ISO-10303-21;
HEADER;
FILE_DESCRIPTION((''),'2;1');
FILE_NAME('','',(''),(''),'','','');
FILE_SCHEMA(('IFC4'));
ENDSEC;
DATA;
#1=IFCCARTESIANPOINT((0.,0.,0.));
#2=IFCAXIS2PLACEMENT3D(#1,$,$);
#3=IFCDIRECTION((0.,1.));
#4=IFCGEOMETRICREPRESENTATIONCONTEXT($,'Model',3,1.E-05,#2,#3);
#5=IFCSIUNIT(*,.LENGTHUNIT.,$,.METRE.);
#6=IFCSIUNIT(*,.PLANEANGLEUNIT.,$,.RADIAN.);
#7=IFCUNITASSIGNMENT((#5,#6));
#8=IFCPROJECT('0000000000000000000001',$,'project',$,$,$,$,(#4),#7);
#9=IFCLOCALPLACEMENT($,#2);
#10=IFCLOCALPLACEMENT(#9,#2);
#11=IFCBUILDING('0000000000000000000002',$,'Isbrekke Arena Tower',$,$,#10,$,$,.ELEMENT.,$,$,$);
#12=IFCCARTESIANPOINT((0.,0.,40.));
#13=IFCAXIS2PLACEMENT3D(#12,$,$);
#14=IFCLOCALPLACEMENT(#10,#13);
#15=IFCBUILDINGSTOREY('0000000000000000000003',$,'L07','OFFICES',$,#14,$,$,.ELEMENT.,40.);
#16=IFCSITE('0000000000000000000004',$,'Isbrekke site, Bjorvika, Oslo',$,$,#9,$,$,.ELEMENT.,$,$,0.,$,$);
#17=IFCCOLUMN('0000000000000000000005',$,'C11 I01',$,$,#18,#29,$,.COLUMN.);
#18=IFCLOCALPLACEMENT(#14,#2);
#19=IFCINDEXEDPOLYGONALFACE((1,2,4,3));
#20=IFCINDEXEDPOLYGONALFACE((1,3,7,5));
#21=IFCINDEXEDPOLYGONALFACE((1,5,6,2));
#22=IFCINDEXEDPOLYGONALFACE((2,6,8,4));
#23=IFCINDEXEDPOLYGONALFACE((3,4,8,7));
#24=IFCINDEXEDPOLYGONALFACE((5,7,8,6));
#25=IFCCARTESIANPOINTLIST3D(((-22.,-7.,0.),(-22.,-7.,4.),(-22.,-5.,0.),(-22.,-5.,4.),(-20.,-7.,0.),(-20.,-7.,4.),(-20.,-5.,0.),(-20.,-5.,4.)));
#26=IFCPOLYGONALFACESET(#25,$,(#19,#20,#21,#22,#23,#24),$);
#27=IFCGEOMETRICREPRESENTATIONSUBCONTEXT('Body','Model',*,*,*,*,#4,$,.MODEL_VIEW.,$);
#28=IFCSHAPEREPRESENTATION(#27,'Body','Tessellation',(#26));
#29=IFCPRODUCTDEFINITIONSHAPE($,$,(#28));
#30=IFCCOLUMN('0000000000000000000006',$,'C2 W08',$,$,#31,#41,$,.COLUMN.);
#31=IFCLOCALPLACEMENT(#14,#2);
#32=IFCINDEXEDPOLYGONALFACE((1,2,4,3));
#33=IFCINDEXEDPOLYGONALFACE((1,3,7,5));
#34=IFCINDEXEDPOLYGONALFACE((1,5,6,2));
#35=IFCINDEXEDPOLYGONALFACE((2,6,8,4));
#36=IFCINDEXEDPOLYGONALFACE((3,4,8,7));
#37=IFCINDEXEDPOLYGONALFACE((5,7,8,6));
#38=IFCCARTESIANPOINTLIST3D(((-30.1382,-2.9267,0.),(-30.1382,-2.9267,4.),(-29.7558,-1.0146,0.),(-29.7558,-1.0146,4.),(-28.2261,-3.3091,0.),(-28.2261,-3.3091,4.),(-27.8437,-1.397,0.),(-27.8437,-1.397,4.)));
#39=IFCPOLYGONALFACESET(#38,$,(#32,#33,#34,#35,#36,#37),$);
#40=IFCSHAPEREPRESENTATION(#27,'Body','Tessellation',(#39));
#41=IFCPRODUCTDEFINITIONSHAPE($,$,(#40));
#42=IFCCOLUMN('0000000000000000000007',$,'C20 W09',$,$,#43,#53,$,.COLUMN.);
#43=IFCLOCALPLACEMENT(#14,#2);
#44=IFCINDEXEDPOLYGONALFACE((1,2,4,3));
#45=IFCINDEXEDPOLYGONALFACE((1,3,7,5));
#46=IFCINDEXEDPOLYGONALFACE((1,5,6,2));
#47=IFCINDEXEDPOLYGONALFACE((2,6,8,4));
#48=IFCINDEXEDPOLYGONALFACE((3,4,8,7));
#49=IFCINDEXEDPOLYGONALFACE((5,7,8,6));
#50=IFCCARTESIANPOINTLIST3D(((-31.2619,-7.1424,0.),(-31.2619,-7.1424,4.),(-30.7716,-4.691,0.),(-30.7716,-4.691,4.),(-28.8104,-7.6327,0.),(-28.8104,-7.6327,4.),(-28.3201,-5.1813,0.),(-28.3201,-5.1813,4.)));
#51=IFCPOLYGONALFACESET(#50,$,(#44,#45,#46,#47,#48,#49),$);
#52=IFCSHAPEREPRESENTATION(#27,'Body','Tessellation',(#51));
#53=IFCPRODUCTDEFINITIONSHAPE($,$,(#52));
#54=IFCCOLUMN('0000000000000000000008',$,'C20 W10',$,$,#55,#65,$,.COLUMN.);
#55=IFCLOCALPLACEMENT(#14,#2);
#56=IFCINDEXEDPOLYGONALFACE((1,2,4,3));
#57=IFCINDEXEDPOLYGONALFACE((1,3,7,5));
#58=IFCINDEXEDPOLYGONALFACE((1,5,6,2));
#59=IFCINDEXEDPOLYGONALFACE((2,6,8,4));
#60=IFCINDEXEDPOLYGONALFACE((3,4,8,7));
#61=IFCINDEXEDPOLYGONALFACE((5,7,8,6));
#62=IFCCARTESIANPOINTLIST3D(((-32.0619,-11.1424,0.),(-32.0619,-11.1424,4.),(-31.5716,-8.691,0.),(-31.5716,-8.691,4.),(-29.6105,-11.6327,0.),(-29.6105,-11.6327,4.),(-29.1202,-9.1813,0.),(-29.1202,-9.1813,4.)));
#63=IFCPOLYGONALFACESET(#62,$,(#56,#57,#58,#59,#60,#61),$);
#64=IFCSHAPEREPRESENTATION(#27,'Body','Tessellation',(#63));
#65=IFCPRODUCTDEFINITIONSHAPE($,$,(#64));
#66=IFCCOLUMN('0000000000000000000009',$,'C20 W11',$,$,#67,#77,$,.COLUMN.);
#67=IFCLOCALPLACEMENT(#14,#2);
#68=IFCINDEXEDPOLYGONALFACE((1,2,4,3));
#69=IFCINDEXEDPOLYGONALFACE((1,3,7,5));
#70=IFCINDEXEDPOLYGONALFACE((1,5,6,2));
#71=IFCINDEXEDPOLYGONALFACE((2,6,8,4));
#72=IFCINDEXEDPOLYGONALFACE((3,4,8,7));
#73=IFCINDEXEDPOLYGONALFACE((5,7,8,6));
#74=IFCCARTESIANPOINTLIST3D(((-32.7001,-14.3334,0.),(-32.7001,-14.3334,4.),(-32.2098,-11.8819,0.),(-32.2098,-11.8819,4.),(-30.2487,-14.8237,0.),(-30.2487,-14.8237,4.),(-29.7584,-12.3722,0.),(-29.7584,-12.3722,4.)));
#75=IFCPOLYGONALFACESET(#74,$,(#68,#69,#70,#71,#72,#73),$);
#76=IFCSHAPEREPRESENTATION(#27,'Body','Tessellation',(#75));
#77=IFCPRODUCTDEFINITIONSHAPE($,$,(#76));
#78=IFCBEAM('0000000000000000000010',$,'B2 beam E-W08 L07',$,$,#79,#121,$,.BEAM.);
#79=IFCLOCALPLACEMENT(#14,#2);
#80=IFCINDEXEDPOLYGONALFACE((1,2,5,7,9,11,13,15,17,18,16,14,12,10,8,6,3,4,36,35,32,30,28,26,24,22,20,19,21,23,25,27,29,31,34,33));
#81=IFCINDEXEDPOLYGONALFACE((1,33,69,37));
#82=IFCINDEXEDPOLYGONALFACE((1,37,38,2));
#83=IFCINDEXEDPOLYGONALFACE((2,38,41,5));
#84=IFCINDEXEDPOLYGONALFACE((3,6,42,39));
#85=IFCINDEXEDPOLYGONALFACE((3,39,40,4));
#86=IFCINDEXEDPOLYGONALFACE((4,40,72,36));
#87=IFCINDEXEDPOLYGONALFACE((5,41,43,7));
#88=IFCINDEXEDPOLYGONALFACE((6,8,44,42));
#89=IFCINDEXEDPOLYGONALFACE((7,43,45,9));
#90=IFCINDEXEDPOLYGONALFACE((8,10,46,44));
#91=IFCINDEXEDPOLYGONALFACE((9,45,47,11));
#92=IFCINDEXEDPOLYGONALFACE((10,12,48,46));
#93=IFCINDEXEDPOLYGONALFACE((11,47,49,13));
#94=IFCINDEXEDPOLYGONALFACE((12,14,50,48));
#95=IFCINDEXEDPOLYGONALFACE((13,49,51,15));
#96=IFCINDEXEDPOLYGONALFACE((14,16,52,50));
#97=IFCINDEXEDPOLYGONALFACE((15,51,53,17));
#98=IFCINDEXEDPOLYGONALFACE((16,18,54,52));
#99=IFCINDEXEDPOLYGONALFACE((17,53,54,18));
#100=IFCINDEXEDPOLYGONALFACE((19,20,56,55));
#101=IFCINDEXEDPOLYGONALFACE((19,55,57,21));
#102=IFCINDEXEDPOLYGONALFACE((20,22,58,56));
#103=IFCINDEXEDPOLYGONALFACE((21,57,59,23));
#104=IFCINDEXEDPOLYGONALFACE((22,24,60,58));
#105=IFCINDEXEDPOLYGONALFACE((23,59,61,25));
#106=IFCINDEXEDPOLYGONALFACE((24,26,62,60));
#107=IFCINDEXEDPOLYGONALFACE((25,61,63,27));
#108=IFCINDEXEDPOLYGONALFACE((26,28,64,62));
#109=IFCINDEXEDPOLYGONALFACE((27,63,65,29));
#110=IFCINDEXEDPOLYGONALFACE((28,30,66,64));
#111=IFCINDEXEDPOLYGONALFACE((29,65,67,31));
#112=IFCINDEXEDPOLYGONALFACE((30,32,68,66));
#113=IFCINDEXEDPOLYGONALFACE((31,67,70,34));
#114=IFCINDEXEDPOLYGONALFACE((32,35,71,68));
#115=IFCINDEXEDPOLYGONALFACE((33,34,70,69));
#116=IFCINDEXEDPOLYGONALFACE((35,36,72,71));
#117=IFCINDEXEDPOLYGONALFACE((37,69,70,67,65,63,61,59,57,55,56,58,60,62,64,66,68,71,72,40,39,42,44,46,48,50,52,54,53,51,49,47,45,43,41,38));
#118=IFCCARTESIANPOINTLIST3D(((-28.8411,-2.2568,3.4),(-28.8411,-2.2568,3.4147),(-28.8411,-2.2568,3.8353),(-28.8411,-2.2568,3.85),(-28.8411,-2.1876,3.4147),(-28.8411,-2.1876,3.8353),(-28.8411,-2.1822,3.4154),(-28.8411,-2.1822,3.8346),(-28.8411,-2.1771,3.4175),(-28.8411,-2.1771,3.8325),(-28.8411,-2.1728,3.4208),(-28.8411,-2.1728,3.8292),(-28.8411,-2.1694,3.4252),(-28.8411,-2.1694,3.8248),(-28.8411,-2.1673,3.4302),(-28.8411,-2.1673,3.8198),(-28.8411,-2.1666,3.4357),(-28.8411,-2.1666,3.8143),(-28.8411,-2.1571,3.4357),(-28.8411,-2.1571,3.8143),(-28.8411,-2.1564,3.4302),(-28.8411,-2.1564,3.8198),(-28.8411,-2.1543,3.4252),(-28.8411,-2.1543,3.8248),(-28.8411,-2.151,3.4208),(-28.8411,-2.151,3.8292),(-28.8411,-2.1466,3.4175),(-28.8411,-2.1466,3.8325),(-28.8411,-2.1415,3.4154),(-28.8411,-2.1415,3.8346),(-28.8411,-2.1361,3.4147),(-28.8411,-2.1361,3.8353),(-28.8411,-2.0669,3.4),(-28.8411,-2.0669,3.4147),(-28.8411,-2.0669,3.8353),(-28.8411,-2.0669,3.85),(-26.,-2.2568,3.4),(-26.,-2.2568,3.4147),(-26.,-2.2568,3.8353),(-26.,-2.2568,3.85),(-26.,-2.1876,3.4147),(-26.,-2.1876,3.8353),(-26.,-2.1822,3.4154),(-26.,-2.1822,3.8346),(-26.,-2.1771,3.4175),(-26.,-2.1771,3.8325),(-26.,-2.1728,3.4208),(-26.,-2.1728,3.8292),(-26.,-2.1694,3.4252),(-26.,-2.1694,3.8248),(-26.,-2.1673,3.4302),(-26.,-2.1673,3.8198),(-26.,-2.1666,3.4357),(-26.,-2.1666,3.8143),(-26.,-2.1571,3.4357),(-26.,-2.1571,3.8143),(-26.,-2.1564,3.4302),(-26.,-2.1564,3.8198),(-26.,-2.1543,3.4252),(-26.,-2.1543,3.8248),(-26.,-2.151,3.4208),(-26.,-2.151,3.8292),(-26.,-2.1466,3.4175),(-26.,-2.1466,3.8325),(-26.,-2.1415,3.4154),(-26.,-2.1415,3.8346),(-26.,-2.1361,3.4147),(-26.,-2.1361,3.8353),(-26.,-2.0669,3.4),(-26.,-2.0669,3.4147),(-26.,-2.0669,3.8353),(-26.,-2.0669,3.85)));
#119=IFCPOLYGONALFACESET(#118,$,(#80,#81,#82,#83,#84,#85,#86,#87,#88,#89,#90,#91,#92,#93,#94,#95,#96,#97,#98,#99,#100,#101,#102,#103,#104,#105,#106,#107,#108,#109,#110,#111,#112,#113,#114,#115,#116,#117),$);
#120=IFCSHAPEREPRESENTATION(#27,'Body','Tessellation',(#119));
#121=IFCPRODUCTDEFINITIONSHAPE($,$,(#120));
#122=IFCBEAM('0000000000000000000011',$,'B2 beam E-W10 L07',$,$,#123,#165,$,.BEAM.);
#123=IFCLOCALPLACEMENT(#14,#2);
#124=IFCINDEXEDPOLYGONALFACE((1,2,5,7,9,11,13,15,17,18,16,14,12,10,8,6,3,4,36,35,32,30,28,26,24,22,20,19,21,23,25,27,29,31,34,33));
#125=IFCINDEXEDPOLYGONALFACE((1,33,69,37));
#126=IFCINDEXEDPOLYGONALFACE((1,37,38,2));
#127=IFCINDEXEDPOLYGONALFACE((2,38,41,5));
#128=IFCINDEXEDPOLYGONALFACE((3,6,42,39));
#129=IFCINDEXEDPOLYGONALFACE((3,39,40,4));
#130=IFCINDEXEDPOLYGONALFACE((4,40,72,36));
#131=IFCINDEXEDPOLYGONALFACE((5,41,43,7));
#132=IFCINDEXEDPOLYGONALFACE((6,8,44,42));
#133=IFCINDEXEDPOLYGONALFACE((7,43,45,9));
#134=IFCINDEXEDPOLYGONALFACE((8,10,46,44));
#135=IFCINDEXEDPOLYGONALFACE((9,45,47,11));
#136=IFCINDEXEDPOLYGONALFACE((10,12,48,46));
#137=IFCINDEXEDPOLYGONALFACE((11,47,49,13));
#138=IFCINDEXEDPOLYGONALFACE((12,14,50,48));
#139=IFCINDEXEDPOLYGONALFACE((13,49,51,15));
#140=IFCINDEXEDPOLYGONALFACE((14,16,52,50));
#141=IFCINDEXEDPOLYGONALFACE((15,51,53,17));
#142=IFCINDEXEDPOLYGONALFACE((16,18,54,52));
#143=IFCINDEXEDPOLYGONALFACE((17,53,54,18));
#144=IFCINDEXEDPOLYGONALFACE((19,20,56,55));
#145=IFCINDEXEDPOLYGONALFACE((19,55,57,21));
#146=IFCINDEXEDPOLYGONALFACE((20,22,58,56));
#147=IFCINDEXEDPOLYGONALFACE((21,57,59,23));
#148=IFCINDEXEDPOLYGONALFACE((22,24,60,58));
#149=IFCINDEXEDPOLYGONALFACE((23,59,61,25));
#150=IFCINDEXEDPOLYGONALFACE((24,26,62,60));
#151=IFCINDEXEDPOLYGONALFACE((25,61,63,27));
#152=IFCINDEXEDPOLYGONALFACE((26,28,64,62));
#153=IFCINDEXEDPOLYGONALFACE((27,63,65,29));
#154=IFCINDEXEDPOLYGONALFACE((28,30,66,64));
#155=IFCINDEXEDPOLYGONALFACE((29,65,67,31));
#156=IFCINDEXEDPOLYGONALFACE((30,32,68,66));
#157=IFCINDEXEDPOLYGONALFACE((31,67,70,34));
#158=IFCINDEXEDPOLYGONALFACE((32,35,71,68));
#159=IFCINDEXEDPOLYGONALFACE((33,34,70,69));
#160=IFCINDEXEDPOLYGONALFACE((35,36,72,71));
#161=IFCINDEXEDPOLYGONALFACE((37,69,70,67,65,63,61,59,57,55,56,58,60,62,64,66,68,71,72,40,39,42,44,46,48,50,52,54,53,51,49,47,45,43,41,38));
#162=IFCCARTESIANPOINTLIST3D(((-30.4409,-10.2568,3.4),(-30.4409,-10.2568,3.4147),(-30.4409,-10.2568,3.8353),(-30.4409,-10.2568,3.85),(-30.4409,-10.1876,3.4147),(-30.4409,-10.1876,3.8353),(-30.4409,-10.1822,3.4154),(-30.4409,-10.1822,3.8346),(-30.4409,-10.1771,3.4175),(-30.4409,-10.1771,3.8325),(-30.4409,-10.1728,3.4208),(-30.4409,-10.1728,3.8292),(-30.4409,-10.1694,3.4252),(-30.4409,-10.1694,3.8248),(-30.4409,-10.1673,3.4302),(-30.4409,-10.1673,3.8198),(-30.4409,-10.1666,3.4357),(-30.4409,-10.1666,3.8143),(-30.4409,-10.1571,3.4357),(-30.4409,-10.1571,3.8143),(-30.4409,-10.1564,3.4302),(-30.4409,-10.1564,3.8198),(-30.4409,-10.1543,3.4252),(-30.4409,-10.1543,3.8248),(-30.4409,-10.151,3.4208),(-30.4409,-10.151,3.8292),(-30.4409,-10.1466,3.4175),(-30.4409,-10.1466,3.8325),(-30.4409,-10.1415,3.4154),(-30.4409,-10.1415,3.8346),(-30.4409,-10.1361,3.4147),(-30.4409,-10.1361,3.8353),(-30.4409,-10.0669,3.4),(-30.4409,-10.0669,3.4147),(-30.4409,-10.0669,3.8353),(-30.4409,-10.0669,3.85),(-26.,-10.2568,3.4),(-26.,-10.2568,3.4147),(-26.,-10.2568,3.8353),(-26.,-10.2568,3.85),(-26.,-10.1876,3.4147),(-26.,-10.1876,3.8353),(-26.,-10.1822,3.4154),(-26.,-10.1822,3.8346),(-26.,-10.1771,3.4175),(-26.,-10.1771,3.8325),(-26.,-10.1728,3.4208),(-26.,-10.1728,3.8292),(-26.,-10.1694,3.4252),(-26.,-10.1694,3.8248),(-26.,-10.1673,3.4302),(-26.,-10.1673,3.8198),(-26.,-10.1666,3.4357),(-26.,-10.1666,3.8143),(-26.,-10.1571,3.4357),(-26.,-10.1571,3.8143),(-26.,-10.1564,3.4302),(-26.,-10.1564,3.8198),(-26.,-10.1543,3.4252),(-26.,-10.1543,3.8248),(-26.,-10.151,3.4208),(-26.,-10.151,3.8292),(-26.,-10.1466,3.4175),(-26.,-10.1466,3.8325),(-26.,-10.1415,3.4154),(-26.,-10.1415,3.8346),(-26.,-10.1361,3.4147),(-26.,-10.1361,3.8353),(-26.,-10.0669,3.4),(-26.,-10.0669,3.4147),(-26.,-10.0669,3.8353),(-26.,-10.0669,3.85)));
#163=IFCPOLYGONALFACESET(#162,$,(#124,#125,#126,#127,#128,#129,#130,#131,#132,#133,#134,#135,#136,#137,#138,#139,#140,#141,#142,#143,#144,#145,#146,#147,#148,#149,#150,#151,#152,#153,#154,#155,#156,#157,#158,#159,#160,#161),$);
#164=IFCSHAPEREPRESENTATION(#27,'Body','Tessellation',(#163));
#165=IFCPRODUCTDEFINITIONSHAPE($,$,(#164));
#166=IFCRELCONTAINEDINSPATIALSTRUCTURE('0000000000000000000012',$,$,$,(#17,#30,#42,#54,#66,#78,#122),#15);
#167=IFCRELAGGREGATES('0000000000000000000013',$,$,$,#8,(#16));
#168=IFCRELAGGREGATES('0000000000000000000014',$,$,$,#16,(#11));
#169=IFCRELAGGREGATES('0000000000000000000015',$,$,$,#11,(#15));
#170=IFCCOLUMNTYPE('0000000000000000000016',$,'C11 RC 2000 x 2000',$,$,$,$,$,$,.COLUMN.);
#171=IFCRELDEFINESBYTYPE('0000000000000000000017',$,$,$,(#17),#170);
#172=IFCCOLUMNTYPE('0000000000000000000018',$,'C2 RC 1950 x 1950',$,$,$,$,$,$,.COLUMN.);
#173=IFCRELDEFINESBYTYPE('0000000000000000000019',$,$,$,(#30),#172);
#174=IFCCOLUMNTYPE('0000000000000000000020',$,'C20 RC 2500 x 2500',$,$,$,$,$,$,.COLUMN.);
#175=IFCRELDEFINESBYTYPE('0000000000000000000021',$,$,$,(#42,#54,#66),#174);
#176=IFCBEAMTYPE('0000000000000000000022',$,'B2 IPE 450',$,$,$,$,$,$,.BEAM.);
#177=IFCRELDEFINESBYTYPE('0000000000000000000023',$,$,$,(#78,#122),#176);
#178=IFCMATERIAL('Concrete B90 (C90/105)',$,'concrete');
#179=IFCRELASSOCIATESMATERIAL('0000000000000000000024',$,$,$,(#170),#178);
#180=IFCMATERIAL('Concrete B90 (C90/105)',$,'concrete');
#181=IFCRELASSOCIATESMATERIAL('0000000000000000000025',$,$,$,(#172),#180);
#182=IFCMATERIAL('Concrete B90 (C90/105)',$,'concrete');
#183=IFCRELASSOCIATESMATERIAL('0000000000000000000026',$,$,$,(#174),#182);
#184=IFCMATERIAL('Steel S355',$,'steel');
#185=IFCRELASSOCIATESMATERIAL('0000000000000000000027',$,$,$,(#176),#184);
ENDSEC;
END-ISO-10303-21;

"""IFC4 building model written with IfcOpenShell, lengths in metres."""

from ifc_helpers import new_model, si_unit, direction, frame, origin, origin_2d, place, context, subcontext, project, spatial, rectangle, i_section, extrude, material, material_profile, profile_set, type_object, element, save


model = new_model("IFC4")

# Units and contexts
model_context = context("Model", 3, precision=1e-05, world=origin(), true_north=direction((0.0, 1.0)))
body_context = subcontext(model_context, "Body", "Model", "MODEL_VIEW")
ifc_project = project(units=[si_unit("LENGTHUNIT", "METRE"), si_unit("PLANEANGLEUNIT", "RADIAN")], contexts=[model_context])

# Site, building, storey
site_placement = place(None, origin())
site = spatial("IfcSite", under=ifc_project, at=site_placement, Name="Isbrekke site, Bjorvika, Oslo", CompositionType="ELEMENT", RefElevation=0.0)
building_placement = place(site_placement, origin())
building = spatial("IfcBuilding", under=site, at=building_placement, Name="Isbrekke Arena Tower", CompositionType="ELEMENT")
storey_placement = place(building_placement, frame((0.0, 0.0, 40.0)))
storey = spatial("IfcBuildingStorey", under=building, at=storey_placement, Name="L07", Description="OFFICES", CompositionType="ELEMENT", Elevation=40.0)

# Columns
ifc_material_1 = material(Name="Concrete B90 (C90/105)", Category="concrete")
ifc_material_profile_1 = material_profile(ifc_material_1, rectangle(XDim=2.0, YDim=2.0, at=origin_2d()), Name="RC 2000x2000")
ifc_profile_set_1 = profile_set([ifc_material_profile_1], Name="Concrete B90 (C90/105)")
column_type_1 = type_object("IfcColumnType", Name="C11 RC 2000 x 2000", PredefinedType="COLUMN", material=ifc_profile_set_1)
column_1_placement = place(storey_placement, frame((-21.0, -6.0, 0.0), z_axis=(0.0, 0.0, 1.0), x_axis=(1.0, 0.0, 0.0)))
element("IfcColumn", 1, at=column_1_placement, inside=storey, type_object=column_type_1, Name="C11 I01", PredefinedType="COLUMN", context=body_context, shape_type="SweptSolid", body=[
    extrude(rectangle(XDim=2.0, YDim=2.0, at=origin_2d()), origin(), (0.0, 0.0, 1.0), 4.0),
])
ifc_material_2 = material(Name="Concrete B90 (C90/105)", Category="concrete")
ifc_material_profile_2 = material_profile(ifc_material_2, rectangle(XDim=1.95, YDim=1.95, at=origin_2d()), Name="RC 1950x1950")
ifc_profile_set_2 = profile_set([ifc_material_profile_2], Name="Concrete B90 (C90/105)")
column_type_2 = type_object("IfcColumnType", Name="C2 RC 1950 x 1950", PredefinedType="COLUMN", material=ifc_profile_set_2)
column_2_placement = place(storey_placement, frame((-28.991, -2.1619, 0.0), z_axis=(0.0, 0.0, 1.0), x_axis=(-0.196116, -0.980581, 0.0)))
element("IfcColumn", 2, at=column_2_placement, inside=storey, type_object=column_type_2, Name="C2 W08", PredefinedType="COLUMN", context=body_context, shape_type="SweptSolid", body=[
    extrude(rectangle(XDim=1.95, YDim=1.95, at=origin_2d()), origin(), (0.0, 0.0, 1.0), 4.0),
])
ifc_material_3 = material(Name="Concrete B90 (C90/105)", Category="concrete")
ifc_material_profile_3 = material_profile(ifc_material_3, rectangle(XDim=2.5, YDim=2.5, at=origin_2d()), Name="RC 2500x2500")
ifc_profile_set_3 = profile_set([ifc_material_profile_3], Name="Concrete B90 (C90/105)")
column_type_3 = type_object("IfcColumnType", Name="C20 RC 2500 x 2500", PredefinedType="COLUMN", material=ifc_profile_set_3)
for number, where, z_axis, x_axis, name in (
    (3, (-29.791, -6.1619, 0.0), (0.0, 0.0, 1.0), (-0.196116, -0.980581, 0.0), "C20 W09"),
    (4, (-30.5911, -10.1619, 0.0), (0.0, 0.0, 1.0), (-0.196116, -0.980581, 0.0), "C20 W10"),
    (5, (-31.2292, -13.3528, 0.0), (0.0, 0.0, 1.0), (-0.196116, -0.980581, 0.0), "C20 W11"),
):
    element("IfcColumn", number, at=place(storey_placement, frame(where, z_axis=z_axis, x_axis=x_axis)), inside=storey, type_object=column_type_3, Name=name, PredefinedType="COLUMN", context=body_context, shape_type="SweptSolid", body=[
        extrude(rectangle(XDim=2.5, YDim=2.5, at=origin_2d()), origin(), (0.0, 0.0, 1.0), 4.0),
    ])

# Beams
ifc_material_4 = material(Name="Steel S355", Category="steel")
ifc_material_profile_4 = material_profile(ifc_material_4, i_section(OverallWidth=0.1899, OverallDepth=0.45, WebThickness=0.0095, FlangeThickness=0.0146, FilletRadius=0.021, at=origin_2d()), Name="IPE 450")
ifc_profile_set_4 = profile_set([ifc_material_profile_4], Name="Steel S355")
beam_type_1 = type_object("IfcBeamType", Name="B2 IPE 450", PredefinedType="BEAM", material=ifc_profile_set_4)
beam_1_placement = place(storey_placement, frame((-28.8411, -2.1619, 3.625), z_axis=(1.0, 0.0, 0.0), x_axis=(0.0, 1.0, 0.0)))
element("IfcBeam", 6, at=beam_1_placement, inside=storey, type_object=beam_type_1, Name="B2 beam E-W08 L07", PredefinedType="BEAM", context=body_context, shape_type="SweptSolid", body=[
    extrude(i_section(OverallWidth=0.1899, OverallDepth=0.45, WebThickness=0.0095, FlangeThickness=0.0146, FilletRadius=0.021, at=origin_2d()), origin(), (0.0, 0.0, 1.0), 2.8411),
])
beam_2_placement = place(storey_placement, frame((-30.4409, -10.1619, 3.625), z_axis=(1.0, 0.0, 0.0), x_axis=(0.0, 1.0, 0.0)))
element("IfcBeam", 7, at=beam_2_placement, inside=storey, type_object=beam_type_1, Name="B2 beam E-W10 L07", PredefinedType="BEAM", context=body_context, shape_type="SweptSolid", body=[
    extrude(i_section(OverallWidth=0.1899, OverallDepth=0.45, WebThickness=0.0095, FlangeThickness=0.0146, FilletRadius=0.021, at=origin_2d()), origin(), (0.0, 0.0, 1.0), 4.4409),
])

save(model, "model.ifc")
